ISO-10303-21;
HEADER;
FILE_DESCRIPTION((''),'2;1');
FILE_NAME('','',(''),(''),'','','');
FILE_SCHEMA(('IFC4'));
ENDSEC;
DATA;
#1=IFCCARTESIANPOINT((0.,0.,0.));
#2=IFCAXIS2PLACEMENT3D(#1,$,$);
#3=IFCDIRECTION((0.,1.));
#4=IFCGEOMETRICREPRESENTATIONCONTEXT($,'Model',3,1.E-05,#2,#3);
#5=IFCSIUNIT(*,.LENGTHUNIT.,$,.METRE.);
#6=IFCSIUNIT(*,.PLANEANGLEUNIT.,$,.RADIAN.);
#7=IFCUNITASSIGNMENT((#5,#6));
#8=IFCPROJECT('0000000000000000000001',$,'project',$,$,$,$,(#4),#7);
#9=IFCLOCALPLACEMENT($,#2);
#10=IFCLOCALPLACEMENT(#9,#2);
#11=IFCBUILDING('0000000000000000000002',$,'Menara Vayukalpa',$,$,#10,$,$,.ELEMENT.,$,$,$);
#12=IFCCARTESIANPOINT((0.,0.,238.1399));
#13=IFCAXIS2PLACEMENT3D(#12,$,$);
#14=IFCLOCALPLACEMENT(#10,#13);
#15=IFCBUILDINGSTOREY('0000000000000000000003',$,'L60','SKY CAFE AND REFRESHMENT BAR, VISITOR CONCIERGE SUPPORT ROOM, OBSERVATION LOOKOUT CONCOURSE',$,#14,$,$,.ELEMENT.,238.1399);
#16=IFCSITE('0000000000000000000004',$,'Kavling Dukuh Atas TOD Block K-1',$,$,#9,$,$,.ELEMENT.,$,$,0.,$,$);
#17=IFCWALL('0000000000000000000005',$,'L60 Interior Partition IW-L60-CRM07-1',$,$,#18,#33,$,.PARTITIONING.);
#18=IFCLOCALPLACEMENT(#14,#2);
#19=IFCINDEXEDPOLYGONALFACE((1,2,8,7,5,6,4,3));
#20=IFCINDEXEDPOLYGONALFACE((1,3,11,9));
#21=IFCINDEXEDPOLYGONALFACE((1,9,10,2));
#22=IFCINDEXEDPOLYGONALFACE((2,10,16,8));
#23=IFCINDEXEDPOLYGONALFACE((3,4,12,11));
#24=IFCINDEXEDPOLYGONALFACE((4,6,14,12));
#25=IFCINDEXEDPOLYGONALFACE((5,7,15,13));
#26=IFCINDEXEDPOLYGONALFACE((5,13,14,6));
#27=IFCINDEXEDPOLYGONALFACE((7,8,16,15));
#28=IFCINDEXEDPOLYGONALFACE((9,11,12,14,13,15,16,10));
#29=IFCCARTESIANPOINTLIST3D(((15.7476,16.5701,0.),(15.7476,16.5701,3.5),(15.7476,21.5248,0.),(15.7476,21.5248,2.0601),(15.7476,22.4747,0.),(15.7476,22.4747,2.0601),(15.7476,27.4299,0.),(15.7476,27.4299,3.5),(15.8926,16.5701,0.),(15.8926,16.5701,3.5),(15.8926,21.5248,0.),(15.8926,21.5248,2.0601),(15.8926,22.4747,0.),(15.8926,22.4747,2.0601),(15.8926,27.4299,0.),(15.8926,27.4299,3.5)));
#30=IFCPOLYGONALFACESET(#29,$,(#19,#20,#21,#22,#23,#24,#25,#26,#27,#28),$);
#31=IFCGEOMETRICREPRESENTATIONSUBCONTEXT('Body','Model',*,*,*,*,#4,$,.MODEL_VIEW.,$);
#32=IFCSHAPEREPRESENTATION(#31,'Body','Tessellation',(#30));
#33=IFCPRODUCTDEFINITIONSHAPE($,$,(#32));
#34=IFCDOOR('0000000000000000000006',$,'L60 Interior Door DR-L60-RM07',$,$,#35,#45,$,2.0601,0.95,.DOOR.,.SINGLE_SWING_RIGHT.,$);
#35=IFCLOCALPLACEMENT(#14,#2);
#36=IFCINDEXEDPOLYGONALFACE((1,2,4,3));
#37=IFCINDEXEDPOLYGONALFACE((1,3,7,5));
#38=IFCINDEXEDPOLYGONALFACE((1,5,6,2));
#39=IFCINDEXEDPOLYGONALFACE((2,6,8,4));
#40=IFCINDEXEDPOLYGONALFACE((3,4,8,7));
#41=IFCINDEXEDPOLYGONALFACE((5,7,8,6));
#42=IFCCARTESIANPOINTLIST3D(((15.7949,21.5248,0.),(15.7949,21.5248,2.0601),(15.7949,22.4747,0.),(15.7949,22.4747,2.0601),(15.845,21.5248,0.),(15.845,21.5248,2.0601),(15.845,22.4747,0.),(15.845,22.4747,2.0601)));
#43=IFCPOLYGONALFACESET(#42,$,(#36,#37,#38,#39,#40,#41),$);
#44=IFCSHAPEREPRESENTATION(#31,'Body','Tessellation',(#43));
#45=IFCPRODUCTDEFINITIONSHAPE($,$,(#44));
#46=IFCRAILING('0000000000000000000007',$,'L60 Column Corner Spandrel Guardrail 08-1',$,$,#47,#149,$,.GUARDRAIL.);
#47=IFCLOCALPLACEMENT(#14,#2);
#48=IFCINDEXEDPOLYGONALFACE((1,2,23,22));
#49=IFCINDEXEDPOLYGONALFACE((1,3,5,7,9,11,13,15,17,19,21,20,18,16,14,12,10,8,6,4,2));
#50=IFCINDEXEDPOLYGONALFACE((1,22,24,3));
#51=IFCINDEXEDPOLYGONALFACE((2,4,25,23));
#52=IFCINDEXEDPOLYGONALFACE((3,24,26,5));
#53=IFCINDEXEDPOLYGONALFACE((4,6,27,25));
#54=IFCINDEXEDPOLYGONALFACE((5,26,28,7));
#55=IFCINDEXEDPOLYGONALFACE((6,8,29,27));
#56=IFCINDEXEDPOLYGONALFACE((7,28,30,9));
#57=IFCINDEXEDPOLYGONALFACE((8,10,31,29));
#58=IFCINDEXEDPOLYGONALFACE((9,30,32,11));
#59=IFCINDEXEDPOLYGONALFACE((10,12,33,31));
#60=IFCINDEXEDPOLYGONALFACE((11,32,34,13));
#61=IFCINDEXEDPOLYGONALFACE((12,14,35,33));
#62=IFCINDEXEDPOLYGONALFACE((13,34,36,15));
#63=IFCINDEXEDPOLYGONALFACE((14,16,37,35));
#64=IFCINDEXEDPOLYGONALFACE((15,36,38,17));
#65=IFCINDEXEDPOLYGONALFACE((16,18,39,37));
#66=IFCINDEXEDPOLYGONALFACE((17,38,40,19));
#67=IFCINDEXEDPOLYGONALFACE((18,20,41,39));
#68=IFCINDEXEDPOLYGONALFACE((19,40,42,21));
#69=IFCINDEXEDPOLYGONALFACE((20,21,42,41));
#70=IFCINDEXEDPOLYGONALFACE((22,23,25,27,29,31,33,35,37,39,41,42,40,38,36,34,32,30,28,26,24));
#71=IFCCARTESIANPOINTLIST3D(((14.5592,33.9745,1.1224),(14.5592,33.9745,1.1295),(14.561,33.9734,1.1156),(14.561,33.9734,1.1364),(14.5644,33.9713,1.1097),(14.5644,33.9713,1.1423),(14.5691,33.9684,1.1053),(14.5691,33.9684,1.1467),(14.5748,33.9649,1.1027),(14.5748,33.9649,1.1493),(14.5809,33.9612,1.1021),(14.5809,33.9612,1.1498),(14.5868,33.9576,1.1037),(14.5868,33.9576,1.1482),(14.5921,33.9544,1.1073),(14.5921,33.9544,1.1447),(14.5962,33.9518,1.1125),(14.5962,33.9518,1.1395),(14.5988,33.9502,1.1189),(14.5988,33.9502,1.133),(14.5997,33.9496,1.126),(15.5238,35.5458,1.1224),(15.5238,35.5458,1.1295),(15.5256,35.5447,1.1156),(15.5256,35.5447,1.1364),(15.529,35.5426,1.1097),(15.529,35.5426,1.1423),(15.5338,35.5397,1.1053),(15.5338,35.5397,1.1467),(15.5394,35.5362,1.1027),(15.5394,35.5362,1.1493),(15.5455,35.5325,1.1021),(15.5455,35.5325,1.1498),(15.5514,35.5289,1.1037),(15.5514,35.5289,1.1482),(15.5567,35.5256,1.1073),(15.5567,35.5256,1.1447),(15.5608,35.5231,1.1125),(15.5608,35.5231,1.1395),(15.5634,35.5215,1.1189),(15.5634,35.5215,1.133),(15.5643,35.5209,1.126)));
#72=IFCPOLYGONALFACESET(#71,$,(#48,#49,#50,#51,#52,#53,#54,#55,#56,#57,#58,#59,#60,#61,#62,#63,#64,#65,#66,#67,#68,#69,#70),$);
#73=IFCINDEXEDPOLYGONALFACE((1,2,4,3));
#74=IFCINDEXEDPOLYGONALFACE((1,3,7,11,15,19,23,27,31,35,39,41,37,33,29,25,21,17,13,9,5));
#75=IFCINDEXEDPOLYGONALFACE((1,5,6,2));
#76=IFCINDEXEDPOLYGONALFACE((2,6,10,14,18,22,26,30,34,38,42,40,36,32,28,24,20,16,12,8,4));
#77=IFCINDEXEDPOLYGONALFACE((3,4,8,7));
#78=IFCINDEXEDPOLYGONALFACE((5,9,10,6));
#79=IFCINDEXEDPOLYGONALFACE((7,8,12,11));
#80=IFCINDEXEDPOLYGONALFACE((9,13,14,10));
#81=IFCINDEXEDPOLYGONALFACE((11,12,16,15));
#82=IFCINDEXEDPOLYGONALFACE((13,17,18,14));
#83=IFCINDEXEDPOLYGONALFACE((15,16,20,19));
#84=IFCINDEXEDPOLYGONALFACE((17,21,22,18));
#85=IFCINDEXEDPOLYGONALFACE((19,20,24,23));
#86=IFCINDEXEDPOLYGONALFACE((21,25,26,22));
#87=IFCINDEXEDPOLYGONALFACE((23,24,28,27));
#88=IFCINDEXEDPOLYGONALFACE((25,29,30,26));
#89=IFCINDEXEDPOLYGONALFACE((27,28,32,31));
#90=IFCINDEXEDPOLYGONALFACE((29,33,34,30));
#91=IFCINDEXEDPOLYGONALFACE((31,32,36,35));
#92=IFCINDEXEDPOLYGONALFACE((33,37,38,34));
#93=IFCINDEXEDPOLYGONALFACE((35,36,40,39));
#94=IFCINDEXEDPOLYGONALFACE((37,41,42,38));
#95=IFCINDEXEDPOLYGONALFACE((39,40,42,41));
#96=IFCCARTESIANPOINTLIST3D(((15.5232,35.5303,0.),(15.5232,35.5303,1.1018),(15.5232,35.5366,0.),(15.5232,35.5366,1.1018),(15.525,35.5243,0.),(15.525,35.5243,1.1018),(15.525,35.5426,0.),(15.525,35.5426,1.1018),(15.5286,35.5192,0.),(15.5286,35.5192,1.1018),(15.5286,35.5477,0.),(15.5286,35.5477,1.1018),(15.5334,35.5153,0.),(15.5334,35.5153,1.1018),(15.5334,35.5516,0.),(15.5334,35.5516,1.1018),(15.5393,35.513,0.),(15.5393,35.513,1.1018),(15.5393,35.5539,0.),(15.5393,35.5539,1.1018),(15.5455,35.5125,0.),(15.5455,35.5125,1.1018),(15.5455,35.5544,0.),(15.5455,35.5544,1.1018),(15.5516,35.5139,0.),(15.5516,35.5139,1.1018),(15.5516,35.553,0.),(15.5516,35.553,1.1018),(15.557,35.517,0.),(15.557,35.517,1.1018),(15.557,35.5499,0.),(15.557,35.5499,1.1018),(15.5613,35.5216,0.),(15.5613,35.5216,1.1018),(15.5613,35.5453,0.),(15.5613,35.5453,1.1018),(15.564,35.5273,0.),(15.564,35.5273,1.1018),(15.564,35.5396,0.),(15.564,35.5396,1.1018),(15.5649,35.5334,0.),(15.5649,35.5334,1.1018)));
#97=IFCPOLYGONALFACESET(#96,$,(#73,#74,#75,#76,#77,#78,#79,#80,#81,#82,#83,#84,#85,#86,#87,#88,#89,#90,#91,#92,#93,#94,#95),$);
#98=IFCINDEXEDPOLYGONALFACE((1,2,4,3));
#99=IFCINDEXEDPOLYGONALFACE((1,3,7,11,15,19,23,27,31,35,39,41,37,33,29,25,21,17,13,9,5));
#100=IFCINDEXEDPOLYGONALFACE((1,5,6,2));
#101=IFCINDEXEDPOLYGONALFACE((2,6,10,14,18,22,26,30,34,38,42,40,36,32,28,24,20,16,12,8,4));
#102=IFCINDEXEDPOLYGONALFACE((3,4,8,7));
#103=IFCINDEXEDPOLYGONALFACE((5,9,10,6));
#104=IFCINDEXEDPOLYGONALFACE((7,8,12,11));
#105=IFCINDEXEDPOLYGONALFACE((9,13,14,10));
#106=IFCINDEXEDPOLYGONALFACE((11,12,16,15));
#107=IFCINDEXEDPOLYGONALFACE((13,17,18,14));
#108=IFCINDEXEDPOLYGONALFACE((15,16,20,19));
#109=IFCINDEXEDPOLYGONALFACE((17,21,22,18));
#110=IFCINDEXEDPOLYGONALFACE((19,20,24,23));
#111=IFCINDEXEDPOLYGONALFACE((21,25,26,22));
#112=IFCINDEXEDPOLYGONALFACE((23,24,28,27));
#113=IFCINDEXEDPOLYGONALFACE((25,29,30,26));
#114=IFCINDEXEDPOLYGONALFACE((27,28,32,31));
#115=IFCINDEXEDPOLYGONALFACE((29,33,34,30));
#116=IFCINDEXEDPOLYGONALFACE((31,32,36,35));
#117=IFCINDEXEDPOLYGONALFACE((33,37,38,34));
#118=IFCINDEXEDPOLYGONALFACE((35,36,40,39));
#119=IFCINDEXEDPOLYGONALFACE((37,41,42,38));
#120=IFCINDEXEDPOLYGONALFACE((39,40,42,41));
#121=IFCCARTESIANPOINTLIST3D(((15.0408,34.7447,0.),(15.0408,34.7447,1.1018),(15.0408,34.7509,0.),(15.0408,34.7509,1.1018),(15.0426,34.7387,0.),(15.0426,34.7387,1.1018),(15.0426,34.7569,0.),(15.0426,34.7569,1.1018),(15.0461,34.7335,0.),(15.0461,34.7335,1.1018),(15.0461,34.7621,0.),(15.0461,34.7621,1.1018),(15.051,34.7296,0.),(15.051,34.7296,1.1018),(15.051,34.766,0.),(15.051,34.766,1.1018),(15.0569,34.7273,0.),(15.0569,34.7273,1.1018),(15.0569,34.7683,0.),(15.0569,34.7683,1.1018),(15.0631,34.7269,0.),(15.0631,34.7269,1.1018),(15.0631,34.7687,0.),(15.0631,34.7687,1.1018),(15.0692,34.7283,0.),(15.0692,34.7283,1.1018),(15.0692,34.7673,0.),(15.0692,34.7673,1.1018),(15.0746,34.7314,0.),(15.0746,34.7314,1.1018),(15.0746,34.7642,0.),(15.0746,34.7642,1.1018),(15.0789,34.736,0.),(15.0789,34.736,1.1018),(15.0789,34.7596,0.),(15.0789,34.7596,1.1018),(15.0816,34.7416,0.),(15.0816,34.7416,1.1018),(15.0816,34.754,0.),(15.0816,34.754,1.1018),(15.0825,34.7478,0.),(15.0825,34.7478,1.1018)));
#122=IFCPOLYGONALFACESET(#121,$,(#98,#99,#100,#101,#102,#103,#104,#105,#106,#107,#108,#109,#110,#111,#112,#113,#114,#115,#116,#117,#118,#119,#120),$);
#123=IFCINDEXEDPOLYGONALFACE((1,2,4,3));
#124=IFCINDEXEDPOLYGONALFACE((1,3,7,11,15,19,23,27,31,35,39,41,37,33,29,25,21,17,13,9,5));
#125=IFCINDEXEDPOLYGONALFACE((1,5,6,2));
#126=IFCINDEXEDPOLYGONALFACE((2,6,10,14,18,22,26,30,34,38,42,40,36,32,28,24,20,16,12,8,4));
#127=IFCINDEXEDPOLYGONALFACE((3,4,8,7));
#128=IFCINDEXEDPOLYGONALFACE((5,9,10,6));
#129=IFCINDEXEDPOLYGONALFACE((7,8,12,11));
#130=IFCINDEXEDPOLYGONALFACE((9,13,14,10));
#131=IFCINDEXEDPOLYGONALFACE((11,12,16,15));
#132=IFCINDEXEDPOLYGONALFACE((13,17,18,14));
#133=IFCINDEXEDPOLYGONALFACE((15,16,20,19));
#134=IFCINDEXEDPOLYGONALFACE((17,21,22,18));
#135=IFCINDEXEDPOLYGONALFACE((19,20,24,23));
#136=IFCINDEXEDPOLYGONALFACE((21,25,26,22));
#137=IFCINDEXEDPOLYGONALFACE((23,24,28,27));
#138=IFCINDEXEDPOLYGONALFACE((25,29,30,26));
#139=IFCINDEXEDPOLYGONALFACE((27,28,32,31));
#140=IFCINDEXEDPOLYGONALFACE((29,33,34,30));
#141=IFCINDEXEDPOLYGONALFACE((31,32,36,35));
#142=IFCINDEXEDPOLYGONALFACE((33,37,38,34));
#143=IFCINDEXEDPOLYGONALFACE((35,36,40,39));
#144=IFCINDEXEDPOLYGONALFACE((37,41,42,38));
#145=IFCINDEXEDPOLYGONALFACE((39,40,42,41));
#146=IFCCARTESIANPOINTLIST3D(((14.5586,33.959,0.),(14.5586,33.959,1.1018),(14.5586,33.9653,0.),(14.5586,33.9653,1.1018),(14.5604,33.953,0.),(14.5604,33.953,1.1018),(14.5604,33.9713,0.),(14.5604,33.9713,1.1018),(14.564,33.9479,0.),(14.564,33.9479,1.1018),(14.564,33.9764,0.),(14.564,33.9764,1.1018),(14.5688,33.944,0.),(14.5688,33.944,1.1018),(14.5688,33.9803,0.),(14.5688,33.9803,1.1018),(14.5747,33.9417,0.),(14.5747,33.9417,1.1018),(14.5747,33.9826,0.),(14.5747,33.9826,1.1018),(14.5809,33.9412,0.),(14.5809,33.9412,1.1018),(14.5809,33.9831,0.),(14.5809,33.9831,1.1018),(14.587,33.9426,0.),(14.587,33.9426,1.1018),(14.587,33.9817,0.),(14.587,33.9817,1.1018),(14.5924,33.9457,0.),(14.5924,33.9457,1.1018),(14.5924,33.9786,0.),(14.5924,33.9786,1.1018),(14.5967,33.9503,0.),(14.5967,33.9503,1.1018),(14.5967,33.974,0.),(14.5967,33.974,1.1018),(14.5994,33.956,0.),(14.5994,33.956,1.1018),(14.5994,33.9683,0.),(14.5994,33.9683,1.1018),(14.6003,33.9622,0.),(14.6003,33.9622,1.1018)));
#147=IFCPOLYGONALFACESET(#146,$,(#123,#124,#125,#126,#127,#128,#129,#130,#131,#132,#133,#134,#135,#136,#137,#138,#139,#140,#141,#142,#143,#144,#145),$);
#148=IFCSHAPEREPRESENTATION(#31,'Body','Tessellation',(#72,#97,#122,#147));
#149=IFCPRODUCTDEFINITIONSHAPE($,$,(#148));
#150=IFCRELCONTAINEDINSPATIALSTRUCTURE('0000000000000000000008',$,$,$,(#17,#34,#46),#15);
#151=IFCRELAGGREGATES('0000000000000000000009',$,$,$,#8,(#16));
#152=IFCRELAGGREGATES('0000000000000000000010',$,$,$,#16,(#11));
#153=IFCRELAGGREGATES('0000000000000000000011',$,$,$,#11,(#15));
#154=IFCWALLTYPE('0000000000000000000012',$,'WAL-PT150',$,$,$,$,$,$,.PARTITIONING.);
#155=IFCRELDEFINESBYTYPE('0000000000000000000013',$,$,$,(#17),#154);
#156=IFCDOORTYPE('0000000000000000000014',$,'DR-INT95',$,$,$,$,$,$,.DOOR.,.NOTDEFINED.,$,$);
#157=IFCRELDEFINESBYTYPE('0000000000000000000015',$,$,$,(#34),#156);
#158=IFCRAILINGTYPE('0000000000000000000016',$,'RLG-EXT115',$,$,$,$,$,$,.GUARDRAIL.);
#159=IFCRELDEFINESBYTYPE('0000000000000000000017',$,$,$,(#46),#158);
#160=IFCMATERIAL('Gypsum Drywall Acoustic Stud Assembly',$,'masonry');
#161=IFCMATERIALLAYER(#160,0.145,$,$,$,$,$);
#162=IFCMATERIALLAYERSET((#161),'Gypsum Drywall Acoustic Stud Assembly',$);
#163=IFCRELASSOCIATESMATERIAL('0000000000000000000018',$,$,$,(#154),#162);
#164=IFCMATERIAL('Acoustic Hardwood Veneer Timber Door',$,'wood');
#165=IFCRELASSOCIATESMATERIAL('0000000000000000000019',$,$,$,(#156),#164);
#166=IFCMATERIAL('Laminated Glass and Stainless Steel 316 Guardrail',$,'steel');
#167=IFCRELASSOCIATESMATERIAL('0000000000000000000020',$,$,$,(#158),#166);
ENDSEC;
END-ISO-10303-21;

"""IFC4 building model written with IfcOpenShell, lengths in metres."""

from ifc_helpers import new_model, si_unit, direction, frame, frame_2d, origin, origin_2d, place, context, subcontext, project, spatial, rectangle, circle, extrude, material, layer, layer_set, type_object, element, fill, save


model = new_model("IFC4")

# Units and contexts
model_context = context("Model", 3, precision=1e-05, world=origin(), true_north=direction((0.0, 1.0)))
body_context = subcontext(model_context, "Body", "Model", "MODEL_VIEW")
ifc_project = project(units=[si_unit("LENGTHUNIT", "METRE"), si_unit("PLANEANGLEUNIT", "RADIAN")], contexts=[model_context])

# Site, building, storey
site_placement = place(None, origin())
site = spatial("IfcSite", under=ifc_project, at=site_placement, Name="Kavling Dukuh Atas TOD Block K-1", CompositionType="ELEMENT", RefElevation=0.0)
building_placement = place(site_placement, origin())
building = spatial("IfcBuilding", under=site, at=building_placement, Name="Menara Vayukalpa", CompositionType="ELEMENT")
storey_placement = place(building_placement, frame((0.0, 0.0, 238.1399)))
storey = spatial("IfcBuildingStorey", under=building, at=storey_placement, Name="L60", Description="SKY CAFE AND REFRESHMENT BAR, VISITOR CONCIERGE SUPPORT ROOM, OBSERVATION LOOKOUT CONCOURSE", CompositionType="ELEMENT", Elevation=238.1399)

# Shared definitions
ifc_material_1 = material(Name="Gypsum Drywall Acoustic Stud Assembly", Category="masonry")
ifc_layer_1 = layer(ifc_material_1, 0.145)
ifc_layer_set_1 = layer_set([ifc_layer_1], Name="Gypsum Drywall Acoustic Stud Assembly")
wall_type_1 = type_object("IfcWallType", Name="WAL-PT150", PredefinedType="PARTITIONING", material=ifc_layer_set_1)

# Wall, opening, door
wall_1_placement = place(storey_placement, frame((15.8201, 27.4299, 0.0), z_axis=(0.0, 0.0, 1.0), x_axis=(0.0, -1.0, 0.0)))
wall_1 = element("IfcWall", 1, at=wall_1_placement, inside=storey, type_object=wall_type_1, Name="L60 Interior Partition IW-L60-CRM07-1", PredefinedType="PARTITIONING", context=body_context, shape_type="SweptSolid", body=[
    extrude(rectangle(XDim=10.8599, YDim=0.145, at=frame_2d((5.4299, 0.0))), origin(), (0.0, 0.0, 1.0), 3.5),
])
opening_placement = place(wall_1_placement, frame((4.9551, 0.0, 0.0)))
opening = element("IfcOpeningElement", 2, at=opening_placement, cuts=wall_1, PredefinedType="OPENING", context=body_context, shape_type="SweptSolid", body=[
    extrude(rectangle(XDim=0.95, YDim=2.0601, at=frame_2d((0.4751, 1.03))), frame((0.0, 0.0825, 0.0), z_axis=(0.0, -1.0, 0.0), x_axis=(1.0, 0.0, 0.0)), (0.0, 0.0, 1.0), 0.165),
])
ifc_material_2 = material(Name="Acoustic Hardwood Veneer Timber Door", Category="wood")
door_type = type_object("IfcDoorType", Name="DR-INT95", OperationType="NOTDEFINED", PredefinedType="DOOR", material=ifc_material_2)
door_placement = place(opening_placement, origin())
door = element("IfcDoor", 3, at=door_placement, inside=storey, type_object=door_type, Name="L60 Interior Door DR-L60-RM07", OperationType="SINGLE_SWING_RIGHT", OverallHeight=2.0601, OverallWidth=0.95, PredefinedType="DOOR", context=body_context, shape_type="SweptSolid", body=[
    extrude(rectangle(XDim=0.95, YDim=2.0601, at=frame_2d((0.4751, 1.03))), frame((0.0, 0.0249, 0.0), z_axis=(0.0, -1.0, 0.0), x_axis=(1.0, 0.0, 0.0)), (0.0, 0.0, 1.0), 0.05),
])
fill(opening, door)

# Railing
ifc_material_3 = material(Name="Laminated Glass and Stainless Steel 316 Guardrail", Category="steel")
railing_type = type_object("IfcRailingType", Name="RLG-EXT115", PredefinedType="GUARDRAIL", material=ifc_material_3)
railing_placement = place(storey_placement, frame((15.5439, 35.5334, 0.0)))
element("IfcRailing", 4, at=railing_placement, inside=storey, type_object=railing_type, Name="L60 Column Corner Spandrel Guardrail 08-1", PredefinedType="GUARDRAIL", context=body_context, shape_type="SweptSolid", body=[
    extrude(circle(Radius=0.0239, at=origin_2d()), frame((0.0, 0.0, 1.126), z_axis=(-0.523174, -0.852226, 0.0), x_axis=(0.852226, -0.523174, 0.0)), (0.0, 0.0, 1.0), 1.8438),
    extrude(circle(Radius=0.021, at=origin_2d()), origin(), (0.0, 0.0, 1.0), 1.1018),
    extrude(circle(Radius=0.021, at=origin_2d()), frame((-0.4824, -0.7856, 0.0)), (0.0, 0.0, 1.0), 1.1018),
    extrude(circle(Radius=0.021, at=origin_2d()), frame((-0.9646, -1.5713, 0.0)), (0.0, 0.0, 1.0), 1.1018),
])

save(model, "model.ifc")
